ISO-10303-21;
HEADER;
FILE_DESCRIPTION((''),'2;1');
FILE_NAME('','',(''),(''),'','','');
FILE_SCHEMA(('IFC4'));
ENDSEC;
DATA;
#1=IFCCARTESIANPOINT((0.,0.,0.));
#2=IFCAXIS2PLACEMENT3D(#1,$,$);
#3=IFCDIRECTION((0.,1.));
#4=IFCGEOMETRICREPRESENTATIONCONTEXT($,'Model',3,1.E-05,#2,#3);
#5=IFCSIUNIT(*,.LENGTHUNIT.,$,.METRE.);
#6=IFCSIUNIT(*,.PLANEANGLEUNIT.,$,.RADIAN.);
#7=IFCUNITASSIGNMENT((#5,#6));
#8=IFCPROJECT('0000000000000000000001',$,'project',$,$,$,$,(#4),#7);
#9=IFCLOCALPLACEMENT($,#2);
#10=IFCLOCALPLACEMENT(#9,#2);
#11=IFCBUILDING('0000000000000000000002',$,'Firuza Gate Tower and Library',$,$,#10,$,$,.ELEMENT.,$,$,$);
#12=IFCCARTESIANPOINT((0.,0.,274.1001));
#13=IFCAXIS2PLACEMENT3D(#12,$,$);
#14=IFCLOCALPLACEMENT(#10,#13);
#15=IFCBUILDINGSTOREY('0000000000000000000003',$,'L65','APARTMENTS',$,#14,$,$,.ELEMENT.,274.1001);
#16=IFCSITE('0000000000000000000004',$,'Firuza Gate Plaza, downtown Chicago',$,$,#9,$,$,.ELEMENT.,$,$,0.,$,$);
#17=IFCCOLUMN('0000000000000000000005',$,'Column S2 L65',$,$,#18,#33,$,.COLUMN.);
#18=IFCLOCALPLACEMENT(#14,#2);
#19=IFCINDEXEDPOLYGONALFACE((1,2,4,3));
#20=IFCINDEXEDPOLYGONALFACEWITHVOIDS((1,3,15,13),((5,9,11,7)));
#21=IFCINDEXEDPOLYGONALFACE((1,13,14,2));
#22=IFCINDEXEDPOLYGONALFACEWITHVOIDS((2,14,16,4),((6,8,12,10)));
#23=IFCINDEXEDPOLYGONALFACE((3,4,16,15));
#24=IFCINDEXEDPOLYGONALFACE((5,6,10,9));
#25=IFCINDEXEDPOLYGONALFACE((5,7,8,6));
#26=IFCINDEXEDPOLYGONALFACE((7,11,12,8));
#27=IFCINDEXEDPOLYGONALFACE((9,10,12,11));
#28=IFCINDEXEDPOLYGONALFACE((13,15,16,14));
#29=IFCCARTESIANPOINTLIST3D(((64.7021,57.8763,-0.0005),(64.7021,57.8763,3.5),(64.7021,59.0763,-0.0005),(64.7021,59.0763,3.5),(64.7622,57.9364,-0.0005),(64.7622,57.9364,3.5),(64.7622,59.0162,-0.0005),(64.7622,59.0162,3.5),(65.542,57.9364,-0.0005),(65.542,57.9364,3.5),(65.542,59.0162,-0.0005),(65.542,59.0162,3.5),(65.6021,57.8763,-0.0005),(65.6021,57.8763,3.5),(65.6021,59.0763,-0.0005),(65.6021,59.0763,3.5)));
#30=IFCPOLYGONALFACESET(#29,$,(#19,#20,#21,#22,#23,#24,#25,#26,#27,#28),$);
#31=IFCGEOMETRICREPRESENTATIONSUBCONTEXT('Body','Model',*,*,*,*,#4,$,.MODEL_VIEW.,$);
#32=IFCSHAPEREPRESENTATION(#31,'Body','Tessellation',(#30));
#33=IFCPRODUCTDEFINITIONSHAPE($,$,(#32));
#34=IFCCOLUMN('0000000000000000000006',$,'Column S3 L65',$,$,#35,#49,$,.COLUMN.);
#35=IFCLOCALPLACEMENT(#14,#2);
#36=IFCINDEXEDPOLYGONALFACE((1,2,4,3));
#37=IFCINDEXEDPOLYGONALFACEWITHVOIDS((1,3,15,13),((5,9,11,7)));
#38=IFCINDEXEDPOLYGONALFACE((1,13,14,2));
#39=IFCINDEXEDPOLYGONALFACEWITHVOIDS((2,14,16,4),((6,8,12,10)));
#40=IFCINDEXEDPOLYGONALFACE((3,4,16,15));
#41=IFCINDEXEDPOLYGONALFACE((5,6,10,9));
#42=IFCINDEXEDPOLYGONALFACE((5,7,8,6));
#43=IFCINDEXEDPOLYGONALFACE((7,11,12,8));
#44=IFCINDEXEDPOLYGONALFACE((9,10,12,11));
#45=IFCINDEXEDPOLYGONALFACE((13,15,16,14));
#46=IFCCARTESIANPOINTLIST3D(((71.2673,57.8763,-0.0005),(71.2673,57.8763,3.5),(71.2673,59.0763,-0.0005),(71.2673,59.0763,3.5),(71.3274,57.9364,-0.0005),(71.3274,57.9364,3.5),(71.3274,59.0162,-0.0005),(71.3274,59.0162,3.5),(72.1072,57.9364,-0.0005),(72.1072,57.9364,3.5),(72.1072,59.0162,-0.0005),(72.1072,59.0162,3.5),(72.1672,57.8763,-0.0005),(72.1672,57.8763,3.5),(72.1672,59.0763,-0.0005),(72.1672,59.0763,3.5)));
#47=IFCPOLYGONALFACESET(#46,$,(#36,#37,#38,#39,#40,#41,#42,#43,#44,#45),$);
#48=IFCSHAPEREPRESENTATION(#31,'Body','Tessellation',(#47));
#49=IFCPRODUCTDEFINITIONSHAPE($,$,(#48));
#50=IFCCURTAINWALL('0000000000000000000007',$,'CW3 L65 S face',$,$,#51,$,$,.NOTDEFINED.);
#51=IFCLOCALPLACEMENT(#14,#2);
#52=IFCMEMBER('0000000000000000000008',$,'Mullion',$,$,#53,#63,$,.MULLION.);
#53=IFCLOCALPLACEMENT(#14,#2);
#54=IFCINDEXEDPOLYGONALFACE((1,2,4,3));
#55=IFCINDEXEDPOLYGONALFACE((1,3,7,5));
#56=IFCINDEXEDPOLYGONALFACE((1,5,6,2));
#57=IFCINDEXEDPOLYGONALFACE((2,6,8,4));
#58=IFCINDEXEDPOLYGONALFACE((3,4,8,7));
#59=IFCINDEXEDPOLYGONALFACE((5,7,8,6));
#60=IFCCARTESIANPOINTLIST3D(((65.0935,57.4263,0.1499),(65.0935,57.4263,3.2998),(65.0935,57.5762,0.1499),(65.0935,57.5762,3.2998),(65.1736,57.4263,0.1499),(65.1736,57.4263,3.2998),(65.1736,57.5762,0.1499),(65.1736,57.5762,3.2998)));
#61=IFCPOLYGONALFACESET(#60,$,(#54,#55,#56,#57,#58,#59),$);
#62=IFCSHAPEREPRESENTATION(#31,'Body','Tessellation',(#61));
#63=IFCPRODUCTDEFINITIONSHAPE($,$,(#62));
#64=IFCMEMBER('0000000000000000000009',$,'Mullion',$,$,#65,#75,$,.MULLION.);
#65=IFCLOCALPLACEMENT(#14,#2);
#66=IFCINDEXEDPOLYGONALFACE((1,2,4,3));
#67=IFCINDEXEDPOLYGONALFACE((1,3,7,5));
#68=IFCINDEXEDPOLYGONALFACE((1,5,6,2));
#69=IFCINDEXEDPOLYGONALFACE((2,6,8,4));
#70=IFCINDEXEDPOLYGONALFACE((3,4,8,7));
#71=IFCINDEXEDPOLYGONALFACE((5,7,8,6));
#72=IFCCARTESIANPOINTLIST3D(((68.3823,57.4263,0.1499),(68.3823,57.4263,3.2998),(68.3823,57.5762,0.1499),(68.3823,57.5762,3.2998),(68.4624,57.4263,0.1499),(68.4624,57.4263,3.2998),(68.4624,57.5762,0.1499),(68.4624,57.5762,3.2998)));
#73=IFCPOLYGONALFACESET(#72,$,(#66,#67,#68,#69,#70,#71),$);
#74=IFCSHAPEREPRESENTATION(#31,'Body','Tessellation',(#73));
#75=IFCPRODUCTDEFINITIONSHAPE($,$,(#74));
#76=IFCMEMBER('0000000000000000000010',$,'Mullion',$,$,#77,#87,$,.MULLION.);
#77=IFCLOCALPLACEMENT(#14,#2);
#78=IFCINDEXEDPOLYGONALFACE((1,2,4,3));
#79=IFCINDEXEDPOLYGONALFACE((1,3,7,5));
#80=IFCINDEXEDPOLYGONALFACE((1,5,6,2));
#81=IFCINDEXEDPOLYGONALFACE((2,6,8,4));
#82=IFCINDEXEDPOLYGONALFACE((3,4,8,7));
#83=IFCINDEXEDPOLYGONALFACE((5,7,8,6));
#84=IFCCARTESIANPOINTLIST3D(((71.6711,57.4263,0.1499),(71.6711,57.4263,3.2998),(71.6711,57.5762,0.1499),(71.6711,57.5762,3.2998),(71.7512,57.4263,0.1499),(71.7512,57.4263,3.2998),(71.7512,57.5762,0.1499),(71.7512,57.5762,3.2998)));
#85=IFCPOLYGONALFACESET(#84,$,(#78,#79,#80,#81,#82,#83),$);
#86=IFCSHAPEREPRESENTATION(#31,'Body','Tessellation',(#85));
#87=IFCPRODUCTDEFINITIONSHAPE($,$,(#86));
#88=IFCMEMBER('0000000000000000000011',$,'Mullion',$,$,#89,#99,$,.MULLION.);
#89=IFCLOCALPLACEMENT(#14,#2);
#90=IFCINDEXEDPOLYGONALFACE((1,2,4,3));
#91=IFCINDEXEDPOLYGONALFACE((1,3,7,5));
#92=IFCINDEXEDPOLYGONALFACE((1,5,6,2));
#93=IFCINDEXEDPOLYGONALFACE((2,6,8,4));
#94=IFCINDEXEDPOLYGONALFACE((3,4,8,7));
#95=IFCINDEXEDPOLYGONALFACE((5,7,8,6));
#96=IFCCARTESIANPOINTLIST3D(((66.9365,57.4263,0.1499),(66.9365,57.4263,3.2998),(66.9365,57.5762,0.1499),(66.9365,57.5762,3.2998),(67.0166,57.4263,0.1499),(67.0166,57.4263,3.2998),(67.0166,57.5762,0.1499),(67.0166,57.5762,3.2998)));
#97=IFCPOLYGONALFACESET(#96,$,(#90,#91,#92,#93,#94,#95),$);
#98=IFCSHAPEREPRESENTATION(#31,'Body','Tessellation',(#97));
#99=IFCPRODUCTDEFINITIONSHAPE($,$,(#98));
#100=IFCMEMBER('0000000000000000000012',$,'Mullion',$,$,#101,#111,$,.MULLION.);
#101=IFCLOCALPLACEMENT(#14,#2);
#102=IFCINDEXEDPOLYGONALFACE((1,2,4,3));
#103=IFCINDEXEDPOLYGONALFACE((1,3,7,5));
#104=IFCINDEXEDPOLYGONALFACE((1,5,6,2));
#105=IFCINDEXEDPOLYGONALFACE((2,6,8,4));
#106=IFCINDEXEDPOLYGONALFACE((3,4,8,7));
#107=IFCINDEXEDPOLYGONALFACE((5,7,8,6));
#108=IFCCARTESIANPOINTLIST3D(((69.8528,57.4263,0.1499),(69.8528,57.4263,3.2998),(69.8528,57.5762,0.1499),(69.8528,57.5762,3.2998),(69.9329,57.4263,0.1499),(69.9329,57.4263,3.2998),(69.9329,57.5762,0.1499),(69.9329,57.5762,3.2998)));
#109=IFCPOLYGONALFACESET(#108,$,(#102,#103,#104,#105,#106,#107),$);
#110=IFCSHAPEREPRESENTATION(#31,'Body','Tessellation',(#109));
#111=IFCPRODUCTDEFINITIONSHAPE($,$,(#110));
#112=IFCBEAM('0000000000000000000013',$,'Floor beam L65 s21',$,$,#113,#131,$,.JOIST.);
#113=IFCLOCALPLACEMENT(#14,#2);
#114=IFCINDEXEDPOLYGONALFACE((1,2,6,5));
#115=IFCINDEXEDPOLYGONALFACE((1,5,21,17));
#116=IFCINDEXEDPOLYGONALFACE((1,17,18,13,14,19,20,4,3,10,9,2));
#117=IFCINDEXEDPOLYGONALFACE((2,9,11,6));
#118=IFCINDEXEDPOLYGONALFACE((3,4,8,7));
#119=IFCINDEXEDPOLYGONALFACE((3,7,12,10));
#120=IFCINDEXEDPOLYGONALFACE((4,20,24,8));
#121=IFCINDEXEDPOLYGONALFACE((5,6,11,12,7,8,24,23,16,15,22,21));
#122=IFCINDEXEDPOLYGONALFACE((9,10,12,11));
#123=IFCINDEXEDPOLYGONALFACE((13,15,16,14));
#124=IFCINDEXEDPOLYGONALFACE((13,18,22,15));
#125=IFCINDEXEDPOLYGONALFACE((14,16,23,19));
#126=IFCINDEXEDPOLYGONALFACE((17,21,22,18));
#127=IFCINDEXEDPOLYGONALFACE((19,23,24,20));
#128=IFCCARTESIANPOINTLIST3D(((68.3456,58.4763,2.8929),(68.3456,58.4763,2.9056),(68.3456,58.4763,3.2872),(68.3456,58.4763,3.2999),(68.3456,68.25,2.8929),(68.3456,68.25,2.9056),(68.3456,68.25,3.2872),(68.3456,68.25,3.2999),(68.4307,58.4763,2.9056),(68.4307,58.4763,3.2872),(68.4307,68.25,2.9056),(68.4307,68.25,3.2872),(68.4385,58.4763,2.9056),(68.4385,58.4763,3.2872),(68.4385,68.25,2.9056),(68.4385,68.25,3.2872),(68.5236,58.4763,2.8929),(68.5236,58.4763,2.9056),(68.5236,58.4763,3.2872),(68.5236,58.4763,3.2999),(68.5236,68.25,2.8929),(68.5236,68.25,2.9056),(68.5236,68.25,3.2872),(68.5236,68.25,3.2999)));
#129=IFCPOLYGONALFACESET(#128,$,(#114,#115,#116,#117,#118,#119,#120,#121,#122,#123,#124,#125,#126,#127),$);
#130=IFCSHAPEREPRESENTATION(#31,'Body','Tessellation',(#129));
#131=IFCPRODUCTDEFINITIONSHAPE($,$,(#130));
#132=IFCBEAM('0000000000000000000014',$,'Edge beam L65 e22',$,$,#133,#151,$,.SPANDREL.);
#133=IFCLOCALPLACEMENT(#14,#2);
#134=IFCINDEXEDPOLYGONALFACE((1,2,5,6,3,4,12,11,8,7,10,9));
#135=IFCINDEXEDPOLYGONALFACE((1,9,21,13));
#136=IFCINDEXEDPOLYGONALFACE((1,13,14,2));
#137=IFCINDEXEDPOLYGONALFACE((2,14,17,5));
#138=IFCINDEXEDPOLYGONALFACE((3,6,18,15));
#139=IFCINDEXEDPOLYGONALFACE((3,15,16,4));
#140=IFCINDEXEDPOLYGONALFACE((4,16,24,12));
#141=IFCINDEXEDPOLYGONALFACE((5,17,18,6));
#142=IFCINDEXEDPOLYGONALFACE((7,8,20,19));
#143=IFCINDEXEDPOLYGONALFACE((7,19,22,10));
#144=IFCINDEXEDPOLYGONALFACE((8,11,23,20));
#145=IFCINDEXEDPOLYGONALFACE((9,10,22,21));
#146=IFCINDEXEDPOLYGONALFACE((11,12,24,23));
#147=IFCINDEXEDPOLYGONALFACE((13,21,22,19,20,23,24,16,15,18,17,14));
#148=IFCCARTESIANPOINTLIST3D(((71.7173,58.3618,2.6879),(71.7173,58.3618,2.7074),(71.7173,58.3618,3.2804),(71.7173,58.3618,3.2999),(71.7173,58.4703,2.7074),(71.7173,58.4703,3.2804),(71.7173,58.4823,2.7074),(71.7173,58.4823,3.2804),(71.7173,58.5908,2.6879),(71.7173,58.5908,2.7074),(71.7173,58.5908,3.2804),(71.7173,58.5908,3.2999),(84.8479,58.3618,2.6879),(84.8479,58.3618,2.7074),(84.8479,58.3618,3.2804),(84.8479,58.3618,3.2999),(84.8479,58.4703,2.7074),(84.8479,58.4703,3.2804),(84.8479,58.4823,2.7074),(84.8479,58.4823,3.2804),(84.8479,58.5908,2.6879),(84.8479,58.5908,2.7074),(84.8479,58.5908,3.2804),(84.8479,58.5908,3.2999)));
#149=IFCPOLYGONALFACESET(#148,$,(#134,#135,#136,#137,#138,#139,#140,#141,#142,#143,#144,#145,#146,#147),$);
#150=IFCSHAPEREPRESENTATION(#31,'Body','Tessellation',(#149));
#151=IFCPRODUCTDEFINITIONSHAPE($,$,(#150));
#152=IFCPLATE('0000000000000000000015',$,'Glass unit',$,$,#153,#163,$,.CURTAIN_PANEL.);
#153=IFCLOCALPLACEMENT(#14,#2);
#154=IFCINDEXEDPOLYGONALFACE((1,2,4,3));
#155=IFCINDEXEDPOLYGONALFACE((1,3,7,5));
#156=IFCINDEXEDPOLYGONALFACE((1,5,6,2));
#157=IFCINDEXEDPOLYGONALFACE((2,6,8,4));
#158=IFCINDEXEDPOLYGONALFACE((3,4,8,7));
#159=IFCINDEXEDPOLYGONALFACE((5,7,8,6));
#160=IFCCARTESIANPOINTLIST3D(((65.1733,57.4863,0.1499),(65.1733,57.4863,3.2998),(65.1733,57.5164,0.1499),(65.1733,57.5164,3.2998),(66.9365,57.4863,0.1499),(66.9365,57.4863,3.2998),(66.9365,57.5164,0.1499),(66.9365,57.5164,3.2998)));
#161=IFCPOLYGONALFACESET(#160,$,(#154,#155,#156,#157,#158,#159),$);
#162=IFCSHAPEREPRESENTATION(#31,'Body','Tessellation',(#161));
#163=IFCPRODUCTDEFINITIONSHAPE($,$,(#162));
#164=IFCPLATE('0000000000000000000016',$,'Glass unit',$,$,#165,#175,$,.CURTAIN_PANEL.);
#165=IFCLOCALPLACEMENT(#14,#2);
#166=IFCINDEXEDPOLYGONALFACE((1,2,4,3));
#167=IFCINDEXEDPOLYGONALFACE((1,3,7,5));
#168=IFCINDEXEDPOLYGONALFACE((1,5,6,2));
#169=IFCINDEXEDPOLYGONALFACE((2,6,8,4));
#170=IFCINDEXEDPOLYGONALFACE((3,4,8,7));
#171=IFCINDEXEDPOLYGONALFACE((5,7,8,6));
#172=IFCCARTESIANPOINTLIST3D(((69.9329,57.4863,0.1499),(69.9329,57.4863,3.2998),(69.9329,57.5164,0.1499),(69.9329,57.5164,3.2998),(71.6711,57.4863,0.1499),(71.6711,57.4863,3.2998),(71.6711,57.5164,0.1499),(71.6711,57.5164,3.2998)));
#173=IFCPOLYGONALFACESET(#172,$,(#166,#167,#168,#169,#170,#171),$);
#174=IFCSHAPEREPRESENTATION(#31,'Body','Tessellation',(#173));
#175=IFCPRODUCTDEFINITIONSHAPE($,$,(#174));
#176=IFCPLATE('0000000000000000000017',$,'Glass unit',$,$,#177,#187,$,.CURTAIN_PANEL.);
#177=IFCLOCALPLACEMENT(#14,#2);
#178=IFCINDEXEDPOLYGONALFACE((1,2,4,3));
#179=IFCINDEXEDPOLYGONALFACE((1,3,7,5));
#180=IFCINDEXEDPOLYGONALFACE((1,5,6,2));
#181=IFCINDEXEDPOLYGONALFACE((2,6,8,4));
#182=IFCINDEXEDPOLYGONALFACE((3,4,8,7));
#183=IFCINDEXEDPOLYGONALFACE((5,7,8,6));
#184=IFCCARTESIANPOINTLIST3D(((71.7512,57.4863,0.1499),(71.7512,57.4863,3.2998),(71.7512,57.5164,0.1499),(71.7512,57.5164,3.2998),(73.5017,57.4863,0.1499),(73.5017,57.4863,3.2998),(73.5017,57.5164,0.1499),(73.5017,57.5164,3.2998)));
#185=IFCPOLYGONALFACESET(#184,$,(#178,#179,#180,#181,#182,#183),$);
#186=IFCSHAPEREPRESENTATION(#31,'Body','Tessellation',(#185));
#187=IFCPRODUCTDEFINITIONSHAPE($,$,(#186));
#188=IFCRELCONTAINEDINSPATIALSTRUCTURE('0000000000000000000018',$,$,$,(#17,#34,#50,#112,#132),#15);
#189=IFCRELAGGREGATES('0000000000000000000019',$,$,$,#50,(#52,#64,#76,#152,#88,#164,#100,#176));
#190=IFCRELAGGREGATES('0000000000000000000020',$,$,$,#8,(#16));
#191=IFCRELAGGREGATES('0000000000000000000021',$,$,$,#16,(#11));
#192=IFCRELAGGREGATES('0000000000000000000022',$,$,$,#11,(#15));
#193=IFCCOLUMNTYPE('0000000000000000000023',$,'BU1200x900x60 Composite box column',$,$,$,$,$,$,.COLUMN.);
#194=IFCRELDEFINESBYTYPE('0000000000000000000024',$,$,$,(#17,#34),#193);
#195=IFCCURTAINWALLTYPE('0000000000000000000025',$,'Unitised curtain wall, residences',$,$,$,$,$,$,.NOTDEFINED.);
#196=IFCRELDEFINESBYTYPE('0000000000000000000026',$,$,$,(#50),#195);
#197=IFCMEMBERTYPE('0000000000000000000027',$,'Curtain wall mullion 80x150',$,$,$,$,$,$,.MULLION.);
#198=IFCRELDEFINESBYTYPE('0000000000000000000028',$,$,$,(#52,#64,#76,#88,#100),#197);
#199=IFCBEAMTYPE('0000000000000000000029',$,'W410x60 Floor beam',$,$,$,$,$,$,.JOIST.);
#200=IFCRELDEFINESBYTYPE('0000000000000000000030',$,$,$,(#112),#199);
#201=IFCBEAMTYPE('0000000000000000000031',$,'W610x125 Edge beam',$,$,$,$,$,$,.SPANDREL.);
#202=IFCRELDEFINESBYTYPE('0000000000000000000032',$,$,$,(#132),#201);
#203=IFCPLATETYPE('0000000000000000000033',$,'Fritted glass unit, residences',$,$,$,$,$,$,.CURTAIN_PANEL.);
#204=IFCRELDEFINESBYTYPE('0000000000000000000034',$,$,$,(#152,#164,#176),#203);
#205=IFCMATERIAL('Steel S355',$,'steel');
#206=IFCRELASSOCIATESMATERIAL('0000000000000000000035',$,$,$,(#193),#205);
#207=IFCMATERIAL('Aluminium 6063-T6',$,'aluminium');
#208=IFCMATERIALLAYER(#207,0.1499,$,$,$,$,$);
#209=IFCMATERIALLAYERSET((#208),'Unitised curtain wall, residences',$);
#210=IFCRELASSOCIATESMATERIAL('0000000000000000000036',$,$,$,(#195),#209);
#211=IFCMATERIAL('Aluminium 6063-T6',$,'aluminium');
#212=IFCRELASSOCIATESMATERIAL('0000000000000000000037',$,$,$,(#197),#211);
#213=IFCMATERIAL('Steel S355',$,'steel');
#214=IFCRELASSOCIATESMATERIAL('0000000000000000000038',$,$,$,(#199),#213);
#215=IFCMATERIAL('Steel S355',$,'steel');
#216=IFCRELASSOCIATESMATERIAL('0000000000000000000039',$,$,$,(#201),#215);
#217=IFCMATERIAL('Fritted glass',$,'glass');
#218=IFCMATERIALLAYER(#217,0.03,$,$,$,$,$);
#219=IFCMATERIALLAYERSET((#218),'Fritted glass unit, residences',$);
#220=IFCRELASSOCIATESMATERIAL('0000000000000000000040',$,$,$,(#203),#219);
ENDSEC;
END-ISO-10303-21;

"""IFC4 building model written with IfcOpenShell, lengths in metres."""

from ifc_helpers import new_model, si_unit, direction, frame, origin, origin_2d, place, context, subcontext, project, spatial, polyline, rectangle, hollow_rectangle, i_section, outline, extrude, material, layer, layer_set, material_profile, profile_set, type_object, element, aggregate, save


model = new_model("IFC4")

# Units and contexts
model_context = context("Model", 3, precision=1e-05, world=origin(), true_north=direction((0.0, 1.0)))
body_context = subcontext(model_context, "Body", "Model", "MODEL_VIEW")
ifc_project = project(units=[si_unit("LENGTHUNIT", "METRE"), si_unit("PLANEANGLEUNIT", "RADIAN")], contexts=[model_context])

# Site, building, storey
site_placement = place(None, origin())
site = spatial("IfcSite", under=ifc_project, at=site_placement, Name="Firuza Gate Plaza, downtown Chicago", CompositionType="ELEMENT", RefElevation=0.0)
building_placement = place(site_placement, origin())
building = spatial("IfcBuilding", under=site, at=building_placement, Name="Firuza Gate Tower and Library", CompositionType="ELEMENT")
storey_placement = place(building_placement, frame((0.0, 0.0, 274.1001)))
storey = spatial("IfcBuildingStorey", under=building, at=storey_placement, Name="L65", Description="APARTMENTS", CompositionType="ELEMENT", Elevation=274.1001)

# Columns
ifc_material_1 = material(Name="Steel S355", Category="steel")
ifc_material_profile_1 = material_profile(ifc_material_1, hollow_rectangle(XDim=0.8999, YDim=1.2, WallThickness=0.0601, at=origin_2d()))
ifc_profile_set_1 = profile_set([ifc_material_profile_1], Name="Steel S355")
column_type = type_object("IfcColumnType", Name="BU1200x900x60 Composite box column", PredefinedType="COLUMN", material=ifc_profile_set_1)
for number, where, z_axis, x_axis, name in (
    (1, (65.1521, 58.4763, -0.0005), (0.0, 0.0, 1.0), (1.0, 0.0, 0.0), "Column S2 L65"),
    (2, (71.7173, 58.4763, -0.0005), (0.0, 0.0, 1.0), (1.0, 0.0, 0.0), "Column S3 L65"),
):
    element("IfcColumn", number, at=place(storey_placement, frame(where, z_axis=z_axis, x_axis=x_axis)), inside=storey, type_object=column_type, Name=name, PredefinedType="COLUMN", context=body_context, shape_type="SweptSolid", body=[
        extrude(hollow_rectangle(XDim=0.8999, YDim=1.2, WallThickness=0.0601, at=origin_2d()), origin(), (0.0, 0.0, 1.0), 3.5005),
    ])

# Curtain wall, members
ifc_material_2 = material(Name="Aluminium 6063-T6", Category="aluminium")
ifc_layer_1 = layer(ifc_material_2, 0.1499)
ifc_layer_set_1 = layer_set([ifc_layer_1], Name="Unitised curtain wall, residences")
curtain_wall_type = type_object("IfcCurtainWallType", Name="Unitised curtain wall, residences", PredefinedType="NOTDEFINED", material=ifc_layer_set_1)
curtain_wall_placement = place(storey_placement, origin())
curtain_wall = element("IfcCurtainWall", 3, at=curtain_wall_placement, inside=storey, type_object=curtain_wall_type, Name="CW3 L65 S face", PredefinedType="NOTDEFINED")
ifc_material_3 = material(Name="Aluminium 6063-T6", Category="aluminium")
ifc_material_profile_2 = material_profile(ifc_material_3, rectangle(XDim=0.1499, YDim=0.0801, at=origin_2d()))
ifc_profile_set_2 = profile_set([ifc_material_profile_2], Name="Aluminium 6063-T6")
member_type = type_object("IfcMemberType", Name="Curtain wall mullion 80x150", PredefinedType="MULLION", material=ifc_profile_set_2)
member_1_placement = place(storey_placement, frame((65.1335, 57.5012, 0.1499), z_axis=(0.0, 0.0, 1.0), x_axis=(0.0, 1.0, 0.0)))
member_1 = element("IfcMember", 4, at=member_1_placement, type_object=member_type, Name="Mullion", PredefinedType="MULLION", context=body_context, shape_type="SweptSolid", body=[
    extrude(rectangle(XDim=0.1499, YDim=0.0801, at=origin_2d()), origin(), (0.0, 0.0, 1.0), 3.1499),
])
member_2_placement = place(storey_placement, frame((68.4224, 57.5012, 0.1499), z_axis=(0.0, 0.0, 1.0), x_axis=(0.0, 1.0, 0.0)))
member_2 = element("IfcMember", 5, at=member_2_placement, type_object=member_type, Name="Mullion", PredefinedType="MULLION", context=body_context, shape_type="SweptSolid", body=[
    extrude(rectangle(XDim=0.1499, YDim=0.0801, at=origin_2d()), origin(), (0.0, 0.0, 1.0), 3.1499),
])
member_3_placement = place(storey_placement, frame((71.7112, 57.5012, 0.1499), z_axis=(0.0, 0.0, 1.0), x_axis=(0.0, 1.0, 0.0)))
member_3 = element("IfcMember", 6, at=member_3_placement, type_object=member_type, Name="Mullion", PredefinedType="MULLION", context=body_context, shape_type="SweptSolid", body=[
    extrude(rectangle(XDim=0.1499, YDim=0.0801, at=origin_2d()), origin(), (0.0, 0.0, 1.0), 3.1499),
])
member_4_placement = place(storey_placement, frame((66.9766, 57.5012, 0.1499), z_axis=(0.0, 0.0, 1.0), x_axis=(0.0, 1.0, 0.0)))
member_4 = element("IfcMember", 7, at=member_4_placement, type_object=member_type, Name="Mullion", PredefinedType="MULLION", context=body_context, shape_type="SweptSolid", body=[
    extrude(rectangle(XDim=0.1499, YDim=0.0801, at=origin_2d()), origin(), (0.0, 0.0, 1.0), 3.1499),
])
member_5_placement = place(storey_placement, frame((69.8928, 57.5012, 0.1499), z_axis=(0.0, 0.0, 1.0), x_axis=(0.0, 1.0, 0.0)))
member_5 = element("IfcMember", 8, at=member_5_placement, type_object=member_type, Name="Mullion", PredefinedType="MULLION", context=body_context, shape_type="SweptSolid", body=[
    extrude(rectangle(XDim=0.1499, YDim=0.0801, at=origin_2d()), origin(), (0.0, 0.0, 1.0), 3.1499),
])

# Beams
ifc_material_4 = material(Name="Steel S355", Category="steel")
ifc_material_profile_3 = material_profile(ifc_material_4, i_section(OverallWidth=0.178, OverallDepth=0.407, WebThickness=0.0078, FlangeThickness=0.0127, at=origin_2d()))
ifc_profile_set_3 = profile_set([ifc_material_profile_3], Name="Steel S355")
beam_type_1 = type_object("IfcBeamType", Name="W410x60 Floor beam", PredefinedType="JOIST", material=ifc_profile_set_3)
beam_1_placement = place(storey_placement, frame((68.4346, 58.4763, 3.0964), z_axis=(0.0, 1.0, 0.0), x_axis=(-1.0, 0.0, 0.0)))
element("IfcBeam", 9, at=beam_1_placement, inside=storey, type_object=beam_type_1, Name="Floor beam L65 s21", PredefinedType="JOIST", context=body_context, shape_type="SweptSolid", body=[
    extrude(i_section(OverallWidth=0.178, OverallDepth=0.407, WebThickness=0.0078, FlangeThickness=0.0127, at=origin_2d()), origin(), (0.0, 0.0, 1.0), 9.7737),
])
ifc_material_5 = material(Name="Steel S355", Category="steel")
ifc_material_profile_4 = material_profile(ifc_material_5, i_section(OverallWidth=0.229, OverallDepth=0.6121, WebThickness=0.012, FlangeThickness=0.0195, at=origin_2d()))
ifc_profile_set_4 = profile_set([ifc_material_profile_4], Name="Steel S355")
beam_type_2 = type_object("IfcBeamType", Name="W610x125 Edge beam", PredefinedType="SPANDREL", material=ifc_profile_set_4)
beam_2_placement = place(storey_placement, frame((71.7173, 58.4763, 2.9939), z_axis=(1.0, 0.0, 0.0), x_axis=(0.0, 1.0, 0.0)))
element("IfcBeam", 10, at=beam_2_placement, inside=storey, type_object=beam_type_2, Name="Edge beam L65 e22", PredefinedType="SPANDREL", context=body_context, shape_type="SweptSolid", body=[
    extrude(i_section(OverallWidth=0.229, OverallDepth=0.6121, WebThickness=0.012, FlangeThickness=0.0195, at=origin_2d()), origin(), (0.0, 0.0, 1.0), 13.1306),
])

# Plates
ifc_material_6 = material(Name="Fritted glass", Category="glass")
ifc_layer_2 = layer(ifc_material_6, 0.03)
ifc_layer_set_2 = layer_set([ifc_layer_2], Name="Fritted glass unit, residences")
plate_type_1 = type_object("IfcPlateType", Name="Fritted glass unit, residences", PredefinedType="CURTAIN_PANEL", material=ifc_layer_set_2)
plate_1_placement = place(storey_placement, frame((65.1733, 57.4863, 0.1499), z_axis=(0.0, -1.0, 0.0), x_axis=(1.0, 0.0, 0.0)))
plate_1 = element("IfcPlate", 11, at=plate_1_placement, type_object=plate_type_1, Name="Glass unit", PredefinedType="CURTAIN_PANEL", context=body_context, shape_type="SweptSolid", body=[
    extrude(outline(polyline([(0.0, 0.0), (1.7632, 0.0), (1.7632, 3.1499), (0.0, 3.1499), (0.0, 0.0)])), origin(), (0.0, 0.0, -1.0), 0.03),
])
plate_2_placement = place(storey_placement, frame((69.9329, 57.4863, 0.1499), z_axis=(0.0, -1.0, 0.0), x_axis=(1.0, 0.0, 0.0)))
plate_2 = element("IfcPlate", 12, at=plate_2_placement, type_object=plate_type_1, Name="Glass unit", PredefinedType="CURTAIN_PANEL", context=body_context, shape_type="SweptSolid", body=[
    extrude(outline(polyline([(0.0, 0.0), (1.7383, 0.0), (1.7383, 3.1499), (0.0, 3.1499), (0.0, 0.0)])), origin(), (0.0, 0.0, -1.0), 0.03),
])
plate_3_placement = place(storey_placement, frame((71.7512, 57.4863, 0.1499), z_axis=(0.0, -1.0, 0.0), x_axis=(1.0, 0.0, 0.0)))
plate_3 = element("IfcPlate", 13, at=plate_3_placement, type_object=plate_type_1, Name="Glass unit", PredefinedType="CURTAIN_PANEL", context=body_context, shape_type="SweptSolid", body=[
    extrude(outline(polyline([(0.0, 0.0), (1.7505, 0.0), (1.7505, 3.1499), (0.0, 3.1499), (0.0, 0.0)])), origin(), (0.0, 0.0, -1.0), 0.03),
])
aggregate(curtain_wall, [member_1, member_2, member_3, plate_1, member_4, plate_2, member_5, plate_3])

save(model, "model.ifc")
